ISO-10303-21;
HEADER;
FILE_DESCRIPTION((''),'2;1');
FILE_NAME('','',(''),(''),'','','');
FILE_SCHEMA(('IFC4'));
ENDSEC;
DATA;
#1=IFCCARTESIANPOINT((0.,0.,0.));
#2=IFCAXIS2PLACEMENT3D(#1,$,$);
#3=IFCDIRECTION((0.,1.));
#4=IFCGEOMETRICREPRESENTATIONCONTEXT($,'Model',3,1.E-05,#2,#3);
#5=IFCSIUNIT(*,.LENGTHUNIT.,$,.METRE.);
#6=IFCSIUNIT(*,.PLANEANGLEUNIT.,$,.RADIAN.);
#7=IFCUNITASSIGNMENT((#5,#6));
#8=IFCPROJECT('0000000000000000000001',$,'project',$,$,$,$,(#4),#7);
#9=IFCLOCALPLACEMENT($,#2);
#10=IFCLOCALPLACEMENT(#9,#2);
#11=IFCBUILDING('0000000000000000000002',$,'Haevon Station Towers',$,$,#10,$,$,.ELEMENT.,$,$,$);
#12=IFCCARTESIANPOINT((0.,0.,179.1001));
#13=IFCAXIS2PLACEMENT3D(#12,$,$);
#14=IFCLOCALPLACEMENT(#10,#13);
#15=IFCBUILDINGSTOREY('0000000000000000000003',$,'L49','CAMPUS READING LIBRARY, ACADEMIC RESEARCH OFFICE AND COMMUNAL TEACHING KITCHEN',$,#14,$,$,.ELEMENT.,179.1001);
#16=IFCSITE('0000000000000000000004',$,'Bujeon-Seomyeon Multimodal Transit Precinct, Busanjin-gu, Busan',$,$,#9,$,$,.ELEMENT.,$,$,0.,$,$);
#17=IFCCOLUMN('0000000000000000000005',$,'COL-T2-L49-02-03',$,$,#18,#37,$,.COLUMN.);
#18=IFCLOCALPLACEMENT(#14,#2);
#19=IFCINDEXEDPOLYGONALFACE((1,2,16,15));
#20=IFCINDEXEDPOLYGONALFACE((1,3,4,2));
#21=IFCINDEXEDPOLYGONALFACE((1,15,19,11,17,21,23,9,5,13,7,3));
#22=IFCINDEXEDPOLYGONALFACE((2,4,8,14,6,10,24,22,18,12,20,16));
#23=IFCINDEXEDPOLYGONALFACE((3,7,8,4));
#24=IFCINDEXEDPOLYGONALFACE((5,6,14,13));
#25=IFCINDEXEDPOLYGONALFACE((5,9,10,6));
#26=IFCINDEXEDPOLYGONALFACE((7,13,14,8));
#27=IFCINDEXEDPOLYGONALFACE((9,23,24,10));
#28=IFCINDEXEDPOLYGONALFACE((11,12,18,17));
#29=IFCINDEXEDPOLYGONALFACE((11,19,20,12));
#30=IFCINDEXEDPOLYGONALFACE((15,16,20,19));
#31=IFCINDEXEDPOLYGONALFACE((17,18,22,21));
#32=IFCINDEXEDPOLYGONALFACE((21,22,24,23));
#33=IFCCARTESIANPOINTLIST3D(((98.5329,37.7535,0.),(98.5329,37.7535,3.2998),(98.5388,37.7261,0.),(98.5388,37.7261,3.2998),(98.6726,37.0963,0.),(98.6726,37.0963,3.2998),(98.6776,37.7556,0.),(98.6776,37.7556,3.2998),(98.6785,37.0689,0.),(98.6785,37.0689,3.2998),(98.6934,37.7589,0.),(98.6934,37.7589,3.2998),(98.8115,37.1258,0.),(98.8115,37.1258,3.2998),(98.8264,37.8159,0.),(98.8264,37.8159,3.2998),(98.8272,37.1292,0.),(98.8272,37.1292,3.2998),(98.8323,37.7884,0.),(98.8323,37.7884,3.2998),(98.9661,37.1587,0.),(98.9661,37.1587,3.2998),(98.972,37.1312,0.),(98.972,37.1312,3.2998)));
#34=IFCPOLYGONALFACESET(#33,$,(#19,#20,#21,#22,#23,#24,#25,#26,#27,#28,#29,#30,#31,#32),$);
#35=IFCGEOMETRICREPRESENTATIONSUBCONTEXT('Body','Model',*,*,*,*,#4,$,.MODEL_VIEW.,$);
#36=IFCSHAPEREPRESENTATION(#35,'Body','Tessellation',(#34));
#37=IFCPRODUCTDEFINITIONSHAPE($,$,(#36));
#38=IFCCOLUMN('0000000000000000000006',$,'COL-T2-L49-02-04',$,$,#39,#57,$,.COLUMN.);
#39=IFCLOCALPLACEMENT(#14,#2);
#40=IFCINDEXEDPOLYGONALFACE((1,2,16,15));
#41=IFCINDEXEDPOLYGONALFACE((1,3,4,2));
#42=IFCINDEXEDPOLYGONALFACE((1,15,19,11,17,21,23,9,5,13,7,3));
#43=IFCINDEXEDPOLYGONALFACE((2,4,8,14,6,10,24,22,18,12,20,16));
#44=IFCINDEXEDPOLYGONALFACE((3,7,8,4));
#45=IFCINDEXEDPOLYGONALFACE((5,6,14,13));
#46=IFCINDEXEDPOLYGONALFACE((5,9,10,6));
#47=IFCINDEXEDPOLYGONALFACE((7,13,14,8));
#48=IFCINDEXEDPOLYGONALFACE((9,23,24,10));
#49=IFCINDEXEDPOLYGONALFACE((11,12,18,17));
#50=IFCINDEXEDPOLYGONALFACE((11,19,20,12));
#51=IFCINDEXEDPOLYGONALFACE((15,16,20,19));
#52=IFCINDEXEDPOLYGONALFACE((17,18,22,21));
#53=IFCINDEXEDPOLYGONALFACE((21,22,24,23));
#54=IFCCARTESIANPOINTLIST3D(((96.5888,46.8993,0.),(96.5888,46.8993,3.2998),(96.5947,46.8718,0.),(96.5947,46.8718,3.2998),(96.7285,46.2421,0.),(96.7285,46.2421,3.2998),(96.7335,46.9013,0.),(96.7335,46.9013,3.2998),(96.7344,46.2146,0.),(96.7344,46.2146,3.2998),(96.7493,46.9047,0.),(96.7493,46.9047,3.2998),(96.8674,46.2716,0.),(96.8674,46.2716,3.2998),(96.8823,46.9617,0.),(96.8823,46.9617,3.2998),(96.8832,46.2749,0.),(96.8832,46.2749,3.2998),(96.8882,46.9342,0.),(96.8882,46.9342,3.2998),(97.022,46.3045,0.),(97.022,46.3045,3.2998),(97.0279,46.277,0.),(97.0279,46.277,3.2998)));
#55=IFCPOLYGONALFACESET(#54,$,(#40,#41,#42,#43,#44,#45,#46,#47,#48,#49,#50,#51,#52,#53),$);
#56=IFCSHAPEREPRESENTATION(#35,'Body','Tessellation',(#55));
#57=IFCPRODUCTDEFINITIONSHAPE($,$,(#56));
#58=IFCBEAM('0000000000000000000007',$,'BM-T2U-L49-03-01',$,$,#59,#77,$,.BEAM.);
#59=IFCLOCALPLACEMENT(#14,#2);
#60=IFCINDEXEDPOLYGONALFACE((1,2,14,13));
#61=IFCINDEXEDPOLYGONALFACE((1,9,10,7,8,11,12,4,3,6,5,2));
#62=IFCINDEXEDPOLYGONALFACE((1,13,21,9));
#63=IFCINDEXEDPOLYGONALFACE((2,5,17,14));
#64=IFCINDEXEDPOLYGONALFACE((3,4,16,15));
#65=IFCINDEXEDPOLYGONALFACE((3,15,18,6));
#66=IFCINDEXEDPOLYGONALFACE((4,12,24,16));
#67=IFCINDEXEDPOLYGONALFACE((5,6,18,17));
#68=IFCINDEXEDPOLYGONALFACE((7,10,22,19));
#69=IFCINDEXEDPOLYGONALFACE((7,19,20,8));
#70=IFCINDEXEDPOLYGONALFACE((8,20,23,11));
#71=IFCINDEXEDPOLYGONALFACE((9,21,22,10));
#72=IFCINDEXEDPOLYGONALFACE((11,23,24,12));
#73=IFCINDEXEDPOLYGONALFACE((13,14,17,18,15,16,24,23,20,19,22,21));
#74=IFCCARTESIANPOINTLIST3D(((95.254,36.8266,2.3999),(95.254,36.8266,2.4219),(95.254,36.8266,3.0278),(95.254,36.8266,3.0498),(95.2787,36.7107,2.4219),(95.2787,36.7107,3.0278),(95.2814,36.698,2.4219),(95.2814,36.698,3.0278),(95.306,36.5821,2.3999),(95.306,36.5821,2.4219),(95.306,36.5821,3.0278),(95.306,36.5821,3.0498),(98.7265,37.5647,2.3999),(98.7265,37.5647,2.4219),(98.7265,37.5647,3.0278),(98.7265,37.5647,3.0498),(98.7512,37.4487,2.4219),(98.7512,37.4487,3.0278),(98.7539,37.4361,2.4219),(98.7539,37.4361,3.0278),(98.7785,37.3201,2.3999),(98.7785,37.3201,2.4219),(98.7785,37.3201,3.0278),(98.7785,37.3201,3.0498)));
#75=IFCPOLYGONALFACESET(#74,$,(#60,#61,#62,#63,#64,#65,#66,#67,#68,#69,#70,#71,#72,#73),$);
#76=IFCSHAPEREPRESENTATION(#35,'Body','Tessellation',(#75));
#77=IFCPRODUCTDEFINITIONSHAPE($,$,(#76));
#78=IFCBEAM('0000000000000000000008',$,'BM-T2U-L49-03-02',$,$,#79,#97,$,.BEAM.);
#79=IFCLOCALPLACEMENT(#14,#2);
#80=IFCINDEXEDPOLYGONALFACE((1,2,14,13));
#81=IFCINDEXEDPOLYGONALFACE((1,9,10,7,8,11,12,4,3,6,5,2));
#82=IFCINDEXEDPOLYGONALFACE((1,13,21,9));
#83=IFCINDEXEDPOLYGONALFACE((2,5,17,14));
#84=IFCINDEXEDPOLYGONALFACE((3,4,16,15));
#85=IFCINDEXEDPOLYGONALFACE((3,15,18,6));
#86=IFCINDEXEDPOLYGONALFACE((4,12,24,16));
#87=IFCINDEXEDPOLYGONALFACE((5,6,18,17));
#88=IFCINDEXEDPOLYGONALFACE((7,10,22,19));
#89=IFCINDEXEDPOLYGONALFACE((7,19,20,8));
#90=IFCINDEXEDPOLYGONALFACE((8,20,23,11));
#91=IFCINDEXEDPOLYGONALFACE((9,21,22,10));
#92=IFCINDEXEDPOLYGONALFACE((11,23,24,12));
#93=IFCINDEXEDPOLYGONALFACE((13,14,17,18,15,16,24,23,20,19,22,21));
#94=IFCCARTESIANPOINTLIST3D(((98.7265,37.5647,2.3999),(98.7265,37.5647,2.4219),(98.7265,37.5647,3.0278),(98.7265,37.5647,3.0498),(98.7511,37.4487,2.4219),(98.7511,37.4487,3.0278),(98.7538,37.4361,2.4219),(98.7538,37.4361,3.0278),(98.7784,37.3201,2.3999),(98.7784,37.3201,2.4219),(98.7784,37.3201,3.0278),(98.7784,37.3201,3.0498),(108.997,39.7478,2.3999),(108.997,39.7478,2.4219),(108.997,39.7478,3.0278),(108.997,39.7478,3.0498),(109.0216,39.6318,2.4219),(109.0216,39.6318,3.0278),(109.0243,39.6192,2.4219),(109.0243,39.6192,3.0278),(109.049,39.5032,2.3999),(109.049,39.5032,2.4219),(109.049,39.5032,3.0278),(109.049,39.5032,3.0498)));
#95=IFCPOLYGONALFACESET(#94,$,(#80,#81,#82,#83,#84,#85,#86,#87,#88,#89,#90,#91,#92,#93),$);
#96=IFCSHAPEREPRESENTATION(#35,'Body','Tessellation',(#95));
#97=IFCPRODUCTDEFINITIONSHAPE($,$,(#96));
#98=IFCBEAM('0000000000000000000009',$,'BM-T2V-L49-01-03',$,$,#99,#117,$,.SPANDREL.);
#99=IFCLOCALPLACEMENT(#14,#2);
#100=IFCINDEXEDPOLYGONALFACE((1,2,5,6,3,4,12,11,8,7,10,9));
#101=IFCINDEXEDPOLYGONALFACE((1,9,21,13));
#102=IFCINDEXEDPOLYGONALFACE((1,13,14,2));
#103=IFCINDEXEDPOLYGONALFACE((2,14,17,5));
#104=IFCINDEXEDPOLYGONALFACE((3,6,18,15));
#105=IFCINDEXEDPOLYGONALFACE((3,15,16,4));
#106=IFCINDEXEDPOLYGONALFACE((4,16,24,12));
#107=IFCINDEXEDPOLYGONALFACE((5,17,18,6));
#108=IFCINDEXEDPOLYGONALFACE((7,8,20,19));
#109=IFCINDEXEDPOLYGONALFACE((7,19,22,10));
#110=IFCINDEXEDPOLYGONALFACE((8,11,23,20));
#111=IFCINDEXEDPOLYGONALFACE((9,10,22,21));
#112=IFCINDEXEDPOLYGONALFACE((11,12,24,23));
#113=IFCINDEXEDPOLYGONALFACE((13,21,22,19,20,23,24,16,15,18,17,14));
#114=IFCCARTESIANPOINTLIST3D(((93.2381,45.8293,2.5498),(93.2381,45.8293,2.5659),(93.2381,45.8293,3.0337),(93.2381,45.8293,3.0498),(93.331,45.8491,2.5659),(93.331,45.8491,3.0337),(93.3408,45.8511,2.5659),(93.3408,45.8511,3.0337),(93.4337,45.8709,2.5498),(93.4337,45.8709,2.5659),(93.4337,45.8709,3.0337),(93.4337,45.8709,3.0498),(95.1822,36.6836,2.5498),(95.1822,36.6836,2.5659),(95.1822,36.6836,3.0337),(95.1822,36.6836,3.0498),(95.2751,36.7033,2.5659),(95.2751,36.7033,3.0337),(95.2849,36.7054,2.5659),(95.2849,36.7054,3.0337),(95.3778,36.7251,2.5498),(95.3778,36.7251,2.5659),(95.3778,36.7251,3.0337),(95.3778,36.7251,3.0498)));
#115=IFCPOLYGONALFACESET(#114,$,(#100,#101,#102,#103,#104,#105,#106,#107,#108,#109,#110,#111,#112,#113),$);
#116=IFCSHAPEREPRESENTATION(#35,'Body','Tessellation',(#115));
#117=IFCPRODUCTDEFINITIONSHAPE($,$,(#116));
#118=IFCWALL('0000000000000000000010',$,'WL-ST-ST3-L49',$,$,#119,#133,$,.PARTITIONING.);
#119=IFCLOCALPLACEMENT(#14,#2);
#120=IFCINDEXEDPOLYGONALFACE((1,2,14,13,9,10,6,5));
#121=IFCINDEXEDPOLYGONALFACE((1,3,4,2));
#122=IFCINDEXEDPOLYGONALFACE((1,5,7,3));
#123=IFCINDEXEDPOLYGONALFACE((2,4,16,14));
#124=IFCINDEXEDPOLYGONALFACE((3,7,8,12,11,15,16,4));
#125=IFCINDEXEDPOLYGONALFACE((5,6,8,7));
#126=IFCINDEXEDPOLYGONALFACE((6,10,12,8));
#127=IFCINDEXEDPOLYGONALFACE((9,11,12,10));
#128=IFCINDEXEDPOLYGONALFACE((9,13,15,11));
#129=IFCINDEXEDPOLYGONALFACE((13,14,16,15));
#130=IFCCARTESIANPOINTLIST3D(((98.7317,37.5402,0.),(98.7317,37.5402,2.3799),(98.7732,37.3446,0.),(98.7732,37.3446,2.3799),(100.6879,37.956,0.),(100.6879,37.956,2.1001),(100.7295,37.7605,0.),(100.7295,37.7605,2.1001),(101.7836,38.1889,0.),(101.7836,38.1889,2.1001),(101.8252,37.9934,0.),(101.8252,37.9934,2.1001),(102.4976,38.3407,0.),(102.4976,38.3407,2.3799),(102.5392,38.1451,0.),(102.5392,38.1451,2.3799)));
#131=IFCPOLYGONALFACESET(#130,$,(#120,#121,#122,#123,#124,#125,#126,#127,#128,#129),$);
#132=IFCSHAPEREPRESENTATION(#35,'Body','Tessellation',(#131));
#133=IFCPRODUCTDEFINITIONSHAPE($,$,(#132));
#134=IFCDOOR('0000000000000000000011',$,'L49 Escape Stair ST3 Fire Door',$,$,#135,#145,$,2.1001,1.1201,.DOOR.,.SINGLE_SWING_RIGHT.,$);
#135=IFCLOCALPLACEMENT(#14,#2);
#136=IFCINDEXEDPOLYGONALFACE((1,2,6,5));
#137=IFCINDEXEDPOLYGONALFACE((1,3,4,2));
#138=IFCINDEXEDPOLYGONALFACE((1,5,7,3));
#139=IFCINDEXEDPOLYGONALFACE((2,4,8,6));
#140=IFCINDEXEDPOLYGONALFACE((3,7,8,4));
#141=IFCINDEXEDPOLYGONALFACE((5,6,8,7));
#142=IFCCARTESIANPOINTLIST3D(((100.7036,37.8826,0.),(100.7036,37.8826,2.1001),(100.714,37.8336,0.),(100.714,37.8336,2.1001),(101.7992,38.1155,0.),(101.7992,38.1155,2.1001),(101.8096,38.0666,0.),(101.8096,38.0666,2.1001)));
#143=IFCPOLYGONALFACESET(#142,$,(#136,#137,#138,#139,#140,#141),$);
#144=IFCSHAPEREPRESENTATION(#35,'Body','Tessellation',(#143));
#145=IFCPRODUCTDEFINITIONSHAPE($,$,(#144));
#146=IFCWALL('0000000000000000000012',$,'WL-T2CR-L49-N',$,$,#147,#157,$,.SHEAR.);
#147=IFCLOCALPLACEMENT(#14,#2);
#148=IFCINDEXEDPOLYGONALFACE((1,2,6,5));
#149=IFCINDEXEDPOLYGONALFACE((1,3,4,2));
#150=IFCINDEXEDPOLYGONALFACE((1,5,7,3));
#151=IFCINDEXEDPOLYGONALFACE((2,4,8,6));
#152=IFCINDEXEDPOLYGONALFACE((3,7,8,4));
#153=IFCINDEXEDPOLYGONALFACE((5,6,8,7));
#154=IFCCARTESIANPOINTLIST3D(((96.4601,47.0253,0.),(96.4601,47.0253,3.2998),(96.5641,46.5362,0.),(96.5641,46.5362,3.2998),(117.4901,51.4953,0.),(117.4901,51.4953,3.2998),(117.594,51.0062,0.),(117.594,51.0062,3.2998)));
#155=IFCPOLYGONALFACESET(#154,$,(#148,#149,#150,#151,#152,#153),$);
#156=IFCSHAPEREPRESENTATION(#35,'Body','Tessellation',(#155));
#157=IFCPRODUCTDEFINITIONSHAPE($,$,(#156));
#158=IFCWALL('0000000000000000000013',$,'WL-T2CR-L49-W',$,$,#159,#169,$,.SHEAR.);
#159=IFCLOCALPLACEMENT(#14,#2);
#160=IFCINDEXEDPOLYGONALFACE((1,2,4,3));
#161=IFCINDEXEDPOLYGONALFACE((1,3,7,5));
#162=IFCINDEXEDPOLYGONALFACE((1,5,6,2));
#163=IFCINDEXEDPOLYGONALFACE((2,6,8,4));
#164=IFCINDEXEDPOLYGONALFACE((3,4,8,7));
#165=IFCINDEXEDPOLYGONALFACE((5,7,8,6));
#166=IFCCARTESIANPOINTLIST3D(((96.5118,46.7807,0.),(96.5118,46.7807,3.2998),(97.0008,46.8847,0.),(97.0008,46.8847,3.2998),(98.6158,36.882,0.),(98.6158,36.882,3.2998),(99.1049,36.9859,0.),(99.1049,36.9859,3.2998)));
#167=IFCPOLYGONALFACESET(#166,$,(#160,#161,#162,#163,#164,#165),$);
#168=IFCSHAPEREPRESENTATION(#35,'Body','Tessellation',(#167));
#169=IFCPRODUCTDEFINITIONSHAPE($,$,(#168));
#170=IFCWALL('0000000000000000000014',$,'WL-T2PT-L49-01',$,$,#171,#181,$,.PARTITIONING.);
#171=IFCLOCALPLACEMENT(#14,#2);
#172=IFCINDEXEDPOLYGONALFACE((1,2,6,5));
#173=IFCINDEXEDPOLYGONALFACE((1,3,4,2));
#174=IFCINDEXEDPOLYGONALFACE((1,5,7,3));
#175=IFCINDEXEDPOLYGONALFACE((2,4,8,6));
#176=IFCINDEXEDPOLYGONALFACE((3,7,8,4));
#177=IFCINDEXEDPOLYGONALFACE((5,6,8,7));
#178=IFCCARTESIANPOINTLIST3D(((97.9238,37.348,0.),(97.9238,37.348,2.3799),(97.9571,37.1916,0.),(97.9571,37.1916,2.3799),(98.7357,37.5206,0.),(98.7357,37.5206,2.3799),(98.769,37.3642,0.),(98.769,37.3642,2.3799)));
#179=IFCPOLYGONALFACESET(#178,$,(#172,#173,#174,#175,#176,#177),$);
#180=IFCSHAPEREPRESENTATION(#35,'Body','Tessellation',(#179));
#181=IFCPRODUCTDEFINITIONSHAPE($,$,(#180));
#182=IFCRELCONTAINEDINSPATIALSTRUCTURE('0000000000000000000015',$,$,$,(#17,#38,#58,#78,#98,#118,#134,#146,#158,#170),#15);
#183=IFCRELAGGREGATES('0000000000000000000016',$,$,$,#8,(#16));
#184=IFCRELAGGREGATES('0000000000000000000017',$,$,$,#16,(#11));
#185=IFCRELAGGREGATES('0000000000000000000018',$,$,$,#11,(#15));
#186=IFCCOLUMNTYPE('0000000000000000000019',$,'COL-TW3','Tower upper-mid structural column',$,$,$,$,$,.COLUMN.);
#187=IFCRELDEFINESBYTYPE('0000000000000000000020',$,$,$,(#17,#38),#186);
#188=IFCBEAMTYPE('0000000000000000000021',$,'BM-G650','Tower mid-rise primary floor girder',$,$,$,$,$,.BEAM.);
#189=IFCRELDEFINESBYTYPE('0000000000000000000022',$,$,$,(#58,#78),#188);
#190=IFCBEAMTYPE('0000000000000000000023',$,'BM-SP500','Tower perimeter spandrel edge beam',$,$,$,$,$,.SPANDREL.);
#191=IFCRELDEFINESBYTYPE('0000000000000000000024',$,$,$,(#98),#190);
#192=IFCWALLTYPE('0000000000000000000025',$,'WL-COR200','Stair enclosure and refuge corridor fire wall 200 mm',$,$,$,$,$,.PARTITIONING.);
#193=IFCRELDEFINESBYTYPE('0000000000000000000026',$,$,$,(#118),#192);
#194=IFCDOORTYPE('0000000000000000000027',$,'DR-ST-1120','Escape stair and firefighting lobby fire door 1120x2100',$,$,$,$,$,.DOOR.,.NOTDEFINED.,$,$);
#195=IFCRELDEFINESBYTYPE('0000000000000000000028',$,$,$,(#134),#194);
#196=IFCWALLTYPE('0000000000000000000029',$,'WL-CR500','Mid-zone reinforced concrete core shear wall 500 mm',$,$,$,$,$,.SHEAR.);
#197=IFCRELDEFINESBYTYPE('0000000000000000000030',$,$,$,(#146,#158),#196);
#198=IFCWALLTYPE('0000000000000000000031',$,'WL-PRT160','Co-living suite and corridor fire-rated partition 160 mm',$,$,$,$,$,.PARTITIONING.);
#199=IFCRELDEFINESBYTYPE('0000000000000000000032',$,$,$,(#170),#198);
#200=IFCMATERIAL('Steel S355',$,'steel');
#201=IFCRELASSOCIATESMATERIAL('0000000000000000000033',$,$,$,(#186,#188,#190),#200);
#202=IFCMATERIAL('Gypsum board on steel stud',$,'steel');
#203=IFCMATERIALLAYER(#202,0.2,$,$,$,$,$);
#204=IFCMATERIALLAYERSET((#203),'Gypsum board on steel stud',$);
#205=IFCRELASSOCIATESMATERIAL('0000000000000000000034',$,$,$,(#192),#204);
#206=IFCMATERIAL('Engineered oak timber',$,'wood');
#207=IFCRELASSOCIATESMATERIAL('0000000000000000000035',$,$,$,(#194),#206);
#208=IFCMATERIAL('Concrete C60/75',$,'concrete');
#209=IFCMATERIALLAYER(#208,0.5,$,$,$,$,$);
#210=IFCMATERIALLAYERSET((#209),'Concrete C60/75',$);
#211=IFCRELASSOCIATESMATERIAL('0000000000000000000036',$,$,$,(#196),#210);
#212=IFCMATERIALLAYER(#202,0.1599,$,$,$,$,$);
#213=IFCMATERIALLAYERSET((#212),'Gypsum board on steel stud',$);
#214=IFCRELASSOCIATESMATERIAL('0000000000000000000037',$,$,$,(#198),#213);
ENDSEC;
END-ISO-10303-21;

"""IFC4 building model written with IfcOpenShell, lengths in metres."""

from ifc_helpers import new_model, si_unit, direction, frame, frame_2d, origin, origin_2d, place, context, subcontext, project, spatial, rectangle, i_section, extrude, material, layer, layer_set, material_profile, profile_set, type_object, element, fill, save


model = new_model("IFC4")

# Units and contexts
model_context = context("Model", 3, precision=1e-05, world=origin(), true_north=direction((0.0, 1.0)))
body_context = subcontext(model_context, "Body", "Model", "MODEL_VIEW")
ifc_project = project(units=[si_unit("LENGTHUNIT", "METRE"), si_unit("PLANEANGLEUNIT", "RADIAN")], contexts=[model_context])

# Site, building, storey
site_placement = place(None, origin())
site = spatial("IfcSite", under=ifc_project, at=site_placement, Name="Bujeon-Seomyeon Multimodal Transit Precinct, Busanjin-gu, Busan", CompositionType="ELEMENT", RefElevation=0.0)
building_placement = place(site_placement, origin())
building = spatial("IfcBuilding", under=site, at=building_placement, Name="Haevon Station Towers", CompositionType="ELEMENT")
storey_placement = place(building_placement, frame((0.0, 0.0, 179.1001)))
storey = spatial("IfcBuildingStorey", under=building, at=storey_placement, Name="L49", Description="CAMPUS READING LIBRARY, ACADEMIC RESEARCH OFFICE AND COMMUNAL TEACHING KITCHEN", CompositionType="ELEMENT", Elevation=179.1001)

# Columns
ifc_material_1 = material(Name="Steel S355", Category="steel")
ifc_material_profile_1 = material_profile(ifc_material_1, i_section(OverallWidth=0.3, OverallDepth=0.7, WebThickness=0.0161, FlangeThickness=0.0281, at=origin_2d()), Name="H-700x300x16x28")
ifc_profile_set_1 = profile_set([ifc_material_profile_1], Name="Steel S355")
column_type = type_object("IfcColumnType", Name="COL-TW3", Description="Tower upper-mid structural column", PredefinedType="COLUMN", material=ifc_profile_set_1)
for number, where, z_axis, x_axis, name in (
    (1, (98.7524, 37.4424, 0.0), (0.0, 0.0, 1.0), (0.978148, 0.207912, 0.0), "COL-T2-L49-02-03"),
    (2, (96.8083, 46.5881, 0.0), (0.0, 0.0, 1.0), (0.978148, 0.207912, 0.0), "COL-T2-L49-02-04"),
):
    element("IfcColumn", number, at=place(storey_placement, frame(where, z_axis=z_axis, x_axis=x_axis)), inside=storey, type_object=column_type, Name=name, PredefinedType="COLUMN", context=body_context, shape_type="SweptSolid", body=[
        extrude(i_section(OverallWidth=0.3, OverallDepth=0.7, WebThickness=0.0161, FlangeThickness=0.0281, at=origin_2d()), origin(), (0.0, 0.0, 1.0), 3.2998),
    ])

# Beams
ifc_material_profile_2 = material_profile(ifc_material_1, i_section(OverallWidth=0.25, OverallDepth=0.6499, WebThickness=0.0129, FlangeThickness=0.022, at=origin_2d()), Name="H-650x250x13x22")
ifc_profile_set_2 = profile_set([ifc_material_profile_2], Name="Steel S355")
beam_type_1 = type_object("IfcBeamType", Name="BM-G650", Description="Tower mid-rise primary floor girder", PredefinedType="BEAM", material=ifc_profile_set_2)
beam_1_placement = place(storey_placement, frame((95.28, 36.7043, 2.7249), z_axis=(0.97815, 0.207899, 0.0), x_axis=(-0.207899, 0.97815, 0.0)))
element("IfcBeam", 3, at=beam_1_placement, inside=storey, type_object=beam_type_1, Name="BM-T2U-L49-03-01", PredefinedType="BEAM", context=body_context, shape_type="SweptSolid", body=[
    extrude(i_section(OverallWidth=0.25, OverallDepth=0.6499, WebThickness=0.0129, FlangeThickness=0.022, at=origin_2d()), origin(), (0.0, 0.0, 1.0), 3.55),
])
beam_2_placement = place(storey_placement, frame((98.7524, 37.4424, 2.7249), z_axis=(0.978147, 0.207915, 0.0), x_axis=(-0.207915, 0.978147, 0.0)))
element("IfcBeam", 4, at=beam_2_placement, inside=storey, type_object=beam_type_1, Name="BM-T2U-L49-03-02", PredefinedType="BEAM", context=body_context, shape_type="SweptSolid", body=[
    extrude(i_section(OverallWidth=0.25, OverallDepth=0.6499, WebThickness=0.0129, FlangeThickness=0.022, at=origin_2d()), origin(), (0.0, 0.0, 1.0), 10.5),
])
ifc_material_profile_3 = material_profile(ifc_material_1, i_section(OverallWidth=0.2, OverallDepth=0.5, WebThickness=0.01, FlangeThickness=0.0161, at=origin_2d()), Name="H-500x200x10x16")
ifc_profile_set_3 = profile_set([ifc_material_profile_3], Name="Steel S355")
beam_type_2 = type_object("IfcBeamType", Name="BM-SP500", Description="Tower perimeter spandrel edge beam", PredefinedType="SPANDREL", material=ifc_profile_set_3)
beam_3_placement = place(storey_placement, frame((95.28, 36.7043, 2.7998), z_axis=(-0.207922, 0.978145, 0.0), x_axis=(-0.978145, -0.207922, 0.0)))
element("IfcBeam", 5, at=beam_3_placement, inside=storey, type_object=beam_type_2, Name="BM-T2V-L49-01-03", PredefinedType="SPANDREL", context=body_context, shape_type="SweptSolid", body=[
    extrude(i_section(OverallWidth=0.2, OverallDepth=0.5, WebThickness=0.01, FlangeThickness=0.0161, at=origin_2d()), origin(), (0.0, 0.0, 1.0), 9.3501),
])

# Wall, opening, door
ifc_material_2 = material(Name="Gypsum board on steel stud", Category="steel")
ifc_layer_1 = layer(ifc_material_2, 0.2)
ifc_layer_set_1 = layer_set([ifc_layer_1], Name="Gypsum board on steel stud")
wall_type_1 = type_object("IfcWallType", Name="WL-COR200", Description="Stair enclosure and refuge corridor fire wall 200 mm", PredefinedType="PARTITIONING", material=ifc_layer_set_1)
wall_1_placement = place(storey_placement, frame((98.7524, 37.4424, 0.0), z_axis=(0.0, 0.0, 1.0), x_axis=(0.978144, 0.207931, 0.0)))
wall_1 = element("IfcWall", 6, at=wall_1_placement, inside=storey, type_object=wall_type_1, Name="WL-ST-ST3-L49", PredefinedType="PARTITIONING", context=body_context, shape_type="SweptSolid", body=[
    extrude(rectangle(XDim=3.8501, YDim=0.2, at=frame_2d((1.925, 0.0))), origin(), (0.0, 0.0, 1.0), 2.3799),
])
opening_1_placement = place(wall_1_placement, frame((2.0, 0.0, 0.0)))
opening_1 = element("IfcOpeningElement", 7, at=opening_1_placement, cuts=wall_1, PredefinedType="OPENING", context=body_context, shape_type="SweptSolid", body=[
    extrude(rectangle(XDim=1.1201, YDim=2.1001, at=frame_2d((0.5601, 1.05))), frame((0.0, 0.1099, 0.0), z_axis=(0.0, -1.0, 0.0), x_axis=(1.0, 0.0, 0.0)), (0.0, 0.0, 1.0), 0.22),
])
ifc_material_3 = material(Name="Engineered oak timber", Category="wood")
door_type_1 = type_object("IfcDoorType", Name="DR-ST-1120", Description="Escape stair and firefighting lobby fire door 1120x2100", OperationType="NOTDEFINED", PredefinedType="DOOR", material=ifc_material_3)
door_1_placement = place(opening_1_placement, origin())
door_1 = element("IfcDoor", 8, at=door_1_placement, inside=storey, type_object=door_type_1, Name="L49 Escape Stair ST3 Fire Door", OperationType="SINGLE_SWING_RIGHT", OverallHeight=2.1001, OverallWidth=1.1201, PredefinedType="DOOR", context=body_context, shape_type="SweptSolid", body=[
    extrude(rectangle(XDim=1.1201, YDim=2.1001, at=frame_2d((0.5601, 1.05))), frame((0.0, 0.0249, 0.0), z_axis=(0.0, -1.0, 0.0), x_axis=(1.0, 0.0, 0.0)), (0.0, 0.0, 1.0), 0.05),
])
fill(opening_1, door_1)

# Walls
ifc_material_4 = material(Name="Concrete C60/75", Category="concrete")
ifc_layer_2 = layer(ifc_material_4, 0.5)
ifc_layer_set_2 = layer_set([ifc_layer_2], Name="Concrete C60/75")
wall_type_2 = type_object("IfcWallType", Name="WL-CR500", Description="Mid-zone reinforced concrete core shear wall 500 mm", PredefinedType="SHEAR", material=ifc_layer_set_2)
wall_2_placement = place(storey_placement, frame((96.512, 46.7808, 0.0), z_axis=(0.0, 0.0, 1.0), x_axis=(0.978149, 0.207907, 0.0)))
element("IfcWall", 9, at=wall_2_placement, inside=storey, type_object=wall_type_2, Name="WL-T2CR-L49-N", PredefinedType="SHEAR", context=body_context, shape_type="SweptSolid", body=[
    extrude(rectangle(XDim=21.4998, YDim=0.5, at=frame_2d((10.75, 0.0))), origin(), (0.0, 0.0, 1.0), 3.2998),
])
wall_3_placement = place(storey_placement, frame((98.8604, 36.9338, 0.0), z_axis=(0.0, 0.0, 1.0), x_axis=(-0.207909, 0.978148, 0.0)))
element("IfcWall", 10, at=wall_3_placement, inside=storey, type_object=wall_type_2, Name="WL-T2CR-L49-W", PredefinedType="SHEAR", context=body_context, shape_type="SweptSolid", body=[
    extrude(rectangle(XDim=10.1199, YDim=0.5, at=frame_2d((5.0601, 0.0))), origin(), (0.0, 0.0, 1.0), 3.2998),
])
ifc_layer_3 = layer(ifc_material_2, 0.1599)
ifc_layer_set_3 = layer_set([ifc_layer_3], Name="Gypsum board on steel stud")
wall_type_3 = type_object("IfcWallType", Name="WL-PRT160", Description="Co-living suite and corridor fire-rated partition 160 mm", PredefinedType="PARTITIONING", material=ifc_layer_set_3)
wall_4_placement = place(storey_placement, frame((97.9404, 37.2698, 0.0), z_axis=(0.0, 0.0, 1.0), x_axis=(0.978145, 0.207922, 0.0)))
element("IfcWall", 11, at=wall_4_placement, inside=storey, type_object=wall_type_3, Name="WL-T2PT-L49-01", PredefinedType="PARTITIONING", context=body_context, shape_type="SweptSolid", body=[
    extrude(rectangle(XDim=0.8301, YDim=0.1599, at=frame_2d((0.415, 0.0))), origin(), (0.0, 0.0, 1.0), 2.3799),
])

save(model, "model.ifc")
